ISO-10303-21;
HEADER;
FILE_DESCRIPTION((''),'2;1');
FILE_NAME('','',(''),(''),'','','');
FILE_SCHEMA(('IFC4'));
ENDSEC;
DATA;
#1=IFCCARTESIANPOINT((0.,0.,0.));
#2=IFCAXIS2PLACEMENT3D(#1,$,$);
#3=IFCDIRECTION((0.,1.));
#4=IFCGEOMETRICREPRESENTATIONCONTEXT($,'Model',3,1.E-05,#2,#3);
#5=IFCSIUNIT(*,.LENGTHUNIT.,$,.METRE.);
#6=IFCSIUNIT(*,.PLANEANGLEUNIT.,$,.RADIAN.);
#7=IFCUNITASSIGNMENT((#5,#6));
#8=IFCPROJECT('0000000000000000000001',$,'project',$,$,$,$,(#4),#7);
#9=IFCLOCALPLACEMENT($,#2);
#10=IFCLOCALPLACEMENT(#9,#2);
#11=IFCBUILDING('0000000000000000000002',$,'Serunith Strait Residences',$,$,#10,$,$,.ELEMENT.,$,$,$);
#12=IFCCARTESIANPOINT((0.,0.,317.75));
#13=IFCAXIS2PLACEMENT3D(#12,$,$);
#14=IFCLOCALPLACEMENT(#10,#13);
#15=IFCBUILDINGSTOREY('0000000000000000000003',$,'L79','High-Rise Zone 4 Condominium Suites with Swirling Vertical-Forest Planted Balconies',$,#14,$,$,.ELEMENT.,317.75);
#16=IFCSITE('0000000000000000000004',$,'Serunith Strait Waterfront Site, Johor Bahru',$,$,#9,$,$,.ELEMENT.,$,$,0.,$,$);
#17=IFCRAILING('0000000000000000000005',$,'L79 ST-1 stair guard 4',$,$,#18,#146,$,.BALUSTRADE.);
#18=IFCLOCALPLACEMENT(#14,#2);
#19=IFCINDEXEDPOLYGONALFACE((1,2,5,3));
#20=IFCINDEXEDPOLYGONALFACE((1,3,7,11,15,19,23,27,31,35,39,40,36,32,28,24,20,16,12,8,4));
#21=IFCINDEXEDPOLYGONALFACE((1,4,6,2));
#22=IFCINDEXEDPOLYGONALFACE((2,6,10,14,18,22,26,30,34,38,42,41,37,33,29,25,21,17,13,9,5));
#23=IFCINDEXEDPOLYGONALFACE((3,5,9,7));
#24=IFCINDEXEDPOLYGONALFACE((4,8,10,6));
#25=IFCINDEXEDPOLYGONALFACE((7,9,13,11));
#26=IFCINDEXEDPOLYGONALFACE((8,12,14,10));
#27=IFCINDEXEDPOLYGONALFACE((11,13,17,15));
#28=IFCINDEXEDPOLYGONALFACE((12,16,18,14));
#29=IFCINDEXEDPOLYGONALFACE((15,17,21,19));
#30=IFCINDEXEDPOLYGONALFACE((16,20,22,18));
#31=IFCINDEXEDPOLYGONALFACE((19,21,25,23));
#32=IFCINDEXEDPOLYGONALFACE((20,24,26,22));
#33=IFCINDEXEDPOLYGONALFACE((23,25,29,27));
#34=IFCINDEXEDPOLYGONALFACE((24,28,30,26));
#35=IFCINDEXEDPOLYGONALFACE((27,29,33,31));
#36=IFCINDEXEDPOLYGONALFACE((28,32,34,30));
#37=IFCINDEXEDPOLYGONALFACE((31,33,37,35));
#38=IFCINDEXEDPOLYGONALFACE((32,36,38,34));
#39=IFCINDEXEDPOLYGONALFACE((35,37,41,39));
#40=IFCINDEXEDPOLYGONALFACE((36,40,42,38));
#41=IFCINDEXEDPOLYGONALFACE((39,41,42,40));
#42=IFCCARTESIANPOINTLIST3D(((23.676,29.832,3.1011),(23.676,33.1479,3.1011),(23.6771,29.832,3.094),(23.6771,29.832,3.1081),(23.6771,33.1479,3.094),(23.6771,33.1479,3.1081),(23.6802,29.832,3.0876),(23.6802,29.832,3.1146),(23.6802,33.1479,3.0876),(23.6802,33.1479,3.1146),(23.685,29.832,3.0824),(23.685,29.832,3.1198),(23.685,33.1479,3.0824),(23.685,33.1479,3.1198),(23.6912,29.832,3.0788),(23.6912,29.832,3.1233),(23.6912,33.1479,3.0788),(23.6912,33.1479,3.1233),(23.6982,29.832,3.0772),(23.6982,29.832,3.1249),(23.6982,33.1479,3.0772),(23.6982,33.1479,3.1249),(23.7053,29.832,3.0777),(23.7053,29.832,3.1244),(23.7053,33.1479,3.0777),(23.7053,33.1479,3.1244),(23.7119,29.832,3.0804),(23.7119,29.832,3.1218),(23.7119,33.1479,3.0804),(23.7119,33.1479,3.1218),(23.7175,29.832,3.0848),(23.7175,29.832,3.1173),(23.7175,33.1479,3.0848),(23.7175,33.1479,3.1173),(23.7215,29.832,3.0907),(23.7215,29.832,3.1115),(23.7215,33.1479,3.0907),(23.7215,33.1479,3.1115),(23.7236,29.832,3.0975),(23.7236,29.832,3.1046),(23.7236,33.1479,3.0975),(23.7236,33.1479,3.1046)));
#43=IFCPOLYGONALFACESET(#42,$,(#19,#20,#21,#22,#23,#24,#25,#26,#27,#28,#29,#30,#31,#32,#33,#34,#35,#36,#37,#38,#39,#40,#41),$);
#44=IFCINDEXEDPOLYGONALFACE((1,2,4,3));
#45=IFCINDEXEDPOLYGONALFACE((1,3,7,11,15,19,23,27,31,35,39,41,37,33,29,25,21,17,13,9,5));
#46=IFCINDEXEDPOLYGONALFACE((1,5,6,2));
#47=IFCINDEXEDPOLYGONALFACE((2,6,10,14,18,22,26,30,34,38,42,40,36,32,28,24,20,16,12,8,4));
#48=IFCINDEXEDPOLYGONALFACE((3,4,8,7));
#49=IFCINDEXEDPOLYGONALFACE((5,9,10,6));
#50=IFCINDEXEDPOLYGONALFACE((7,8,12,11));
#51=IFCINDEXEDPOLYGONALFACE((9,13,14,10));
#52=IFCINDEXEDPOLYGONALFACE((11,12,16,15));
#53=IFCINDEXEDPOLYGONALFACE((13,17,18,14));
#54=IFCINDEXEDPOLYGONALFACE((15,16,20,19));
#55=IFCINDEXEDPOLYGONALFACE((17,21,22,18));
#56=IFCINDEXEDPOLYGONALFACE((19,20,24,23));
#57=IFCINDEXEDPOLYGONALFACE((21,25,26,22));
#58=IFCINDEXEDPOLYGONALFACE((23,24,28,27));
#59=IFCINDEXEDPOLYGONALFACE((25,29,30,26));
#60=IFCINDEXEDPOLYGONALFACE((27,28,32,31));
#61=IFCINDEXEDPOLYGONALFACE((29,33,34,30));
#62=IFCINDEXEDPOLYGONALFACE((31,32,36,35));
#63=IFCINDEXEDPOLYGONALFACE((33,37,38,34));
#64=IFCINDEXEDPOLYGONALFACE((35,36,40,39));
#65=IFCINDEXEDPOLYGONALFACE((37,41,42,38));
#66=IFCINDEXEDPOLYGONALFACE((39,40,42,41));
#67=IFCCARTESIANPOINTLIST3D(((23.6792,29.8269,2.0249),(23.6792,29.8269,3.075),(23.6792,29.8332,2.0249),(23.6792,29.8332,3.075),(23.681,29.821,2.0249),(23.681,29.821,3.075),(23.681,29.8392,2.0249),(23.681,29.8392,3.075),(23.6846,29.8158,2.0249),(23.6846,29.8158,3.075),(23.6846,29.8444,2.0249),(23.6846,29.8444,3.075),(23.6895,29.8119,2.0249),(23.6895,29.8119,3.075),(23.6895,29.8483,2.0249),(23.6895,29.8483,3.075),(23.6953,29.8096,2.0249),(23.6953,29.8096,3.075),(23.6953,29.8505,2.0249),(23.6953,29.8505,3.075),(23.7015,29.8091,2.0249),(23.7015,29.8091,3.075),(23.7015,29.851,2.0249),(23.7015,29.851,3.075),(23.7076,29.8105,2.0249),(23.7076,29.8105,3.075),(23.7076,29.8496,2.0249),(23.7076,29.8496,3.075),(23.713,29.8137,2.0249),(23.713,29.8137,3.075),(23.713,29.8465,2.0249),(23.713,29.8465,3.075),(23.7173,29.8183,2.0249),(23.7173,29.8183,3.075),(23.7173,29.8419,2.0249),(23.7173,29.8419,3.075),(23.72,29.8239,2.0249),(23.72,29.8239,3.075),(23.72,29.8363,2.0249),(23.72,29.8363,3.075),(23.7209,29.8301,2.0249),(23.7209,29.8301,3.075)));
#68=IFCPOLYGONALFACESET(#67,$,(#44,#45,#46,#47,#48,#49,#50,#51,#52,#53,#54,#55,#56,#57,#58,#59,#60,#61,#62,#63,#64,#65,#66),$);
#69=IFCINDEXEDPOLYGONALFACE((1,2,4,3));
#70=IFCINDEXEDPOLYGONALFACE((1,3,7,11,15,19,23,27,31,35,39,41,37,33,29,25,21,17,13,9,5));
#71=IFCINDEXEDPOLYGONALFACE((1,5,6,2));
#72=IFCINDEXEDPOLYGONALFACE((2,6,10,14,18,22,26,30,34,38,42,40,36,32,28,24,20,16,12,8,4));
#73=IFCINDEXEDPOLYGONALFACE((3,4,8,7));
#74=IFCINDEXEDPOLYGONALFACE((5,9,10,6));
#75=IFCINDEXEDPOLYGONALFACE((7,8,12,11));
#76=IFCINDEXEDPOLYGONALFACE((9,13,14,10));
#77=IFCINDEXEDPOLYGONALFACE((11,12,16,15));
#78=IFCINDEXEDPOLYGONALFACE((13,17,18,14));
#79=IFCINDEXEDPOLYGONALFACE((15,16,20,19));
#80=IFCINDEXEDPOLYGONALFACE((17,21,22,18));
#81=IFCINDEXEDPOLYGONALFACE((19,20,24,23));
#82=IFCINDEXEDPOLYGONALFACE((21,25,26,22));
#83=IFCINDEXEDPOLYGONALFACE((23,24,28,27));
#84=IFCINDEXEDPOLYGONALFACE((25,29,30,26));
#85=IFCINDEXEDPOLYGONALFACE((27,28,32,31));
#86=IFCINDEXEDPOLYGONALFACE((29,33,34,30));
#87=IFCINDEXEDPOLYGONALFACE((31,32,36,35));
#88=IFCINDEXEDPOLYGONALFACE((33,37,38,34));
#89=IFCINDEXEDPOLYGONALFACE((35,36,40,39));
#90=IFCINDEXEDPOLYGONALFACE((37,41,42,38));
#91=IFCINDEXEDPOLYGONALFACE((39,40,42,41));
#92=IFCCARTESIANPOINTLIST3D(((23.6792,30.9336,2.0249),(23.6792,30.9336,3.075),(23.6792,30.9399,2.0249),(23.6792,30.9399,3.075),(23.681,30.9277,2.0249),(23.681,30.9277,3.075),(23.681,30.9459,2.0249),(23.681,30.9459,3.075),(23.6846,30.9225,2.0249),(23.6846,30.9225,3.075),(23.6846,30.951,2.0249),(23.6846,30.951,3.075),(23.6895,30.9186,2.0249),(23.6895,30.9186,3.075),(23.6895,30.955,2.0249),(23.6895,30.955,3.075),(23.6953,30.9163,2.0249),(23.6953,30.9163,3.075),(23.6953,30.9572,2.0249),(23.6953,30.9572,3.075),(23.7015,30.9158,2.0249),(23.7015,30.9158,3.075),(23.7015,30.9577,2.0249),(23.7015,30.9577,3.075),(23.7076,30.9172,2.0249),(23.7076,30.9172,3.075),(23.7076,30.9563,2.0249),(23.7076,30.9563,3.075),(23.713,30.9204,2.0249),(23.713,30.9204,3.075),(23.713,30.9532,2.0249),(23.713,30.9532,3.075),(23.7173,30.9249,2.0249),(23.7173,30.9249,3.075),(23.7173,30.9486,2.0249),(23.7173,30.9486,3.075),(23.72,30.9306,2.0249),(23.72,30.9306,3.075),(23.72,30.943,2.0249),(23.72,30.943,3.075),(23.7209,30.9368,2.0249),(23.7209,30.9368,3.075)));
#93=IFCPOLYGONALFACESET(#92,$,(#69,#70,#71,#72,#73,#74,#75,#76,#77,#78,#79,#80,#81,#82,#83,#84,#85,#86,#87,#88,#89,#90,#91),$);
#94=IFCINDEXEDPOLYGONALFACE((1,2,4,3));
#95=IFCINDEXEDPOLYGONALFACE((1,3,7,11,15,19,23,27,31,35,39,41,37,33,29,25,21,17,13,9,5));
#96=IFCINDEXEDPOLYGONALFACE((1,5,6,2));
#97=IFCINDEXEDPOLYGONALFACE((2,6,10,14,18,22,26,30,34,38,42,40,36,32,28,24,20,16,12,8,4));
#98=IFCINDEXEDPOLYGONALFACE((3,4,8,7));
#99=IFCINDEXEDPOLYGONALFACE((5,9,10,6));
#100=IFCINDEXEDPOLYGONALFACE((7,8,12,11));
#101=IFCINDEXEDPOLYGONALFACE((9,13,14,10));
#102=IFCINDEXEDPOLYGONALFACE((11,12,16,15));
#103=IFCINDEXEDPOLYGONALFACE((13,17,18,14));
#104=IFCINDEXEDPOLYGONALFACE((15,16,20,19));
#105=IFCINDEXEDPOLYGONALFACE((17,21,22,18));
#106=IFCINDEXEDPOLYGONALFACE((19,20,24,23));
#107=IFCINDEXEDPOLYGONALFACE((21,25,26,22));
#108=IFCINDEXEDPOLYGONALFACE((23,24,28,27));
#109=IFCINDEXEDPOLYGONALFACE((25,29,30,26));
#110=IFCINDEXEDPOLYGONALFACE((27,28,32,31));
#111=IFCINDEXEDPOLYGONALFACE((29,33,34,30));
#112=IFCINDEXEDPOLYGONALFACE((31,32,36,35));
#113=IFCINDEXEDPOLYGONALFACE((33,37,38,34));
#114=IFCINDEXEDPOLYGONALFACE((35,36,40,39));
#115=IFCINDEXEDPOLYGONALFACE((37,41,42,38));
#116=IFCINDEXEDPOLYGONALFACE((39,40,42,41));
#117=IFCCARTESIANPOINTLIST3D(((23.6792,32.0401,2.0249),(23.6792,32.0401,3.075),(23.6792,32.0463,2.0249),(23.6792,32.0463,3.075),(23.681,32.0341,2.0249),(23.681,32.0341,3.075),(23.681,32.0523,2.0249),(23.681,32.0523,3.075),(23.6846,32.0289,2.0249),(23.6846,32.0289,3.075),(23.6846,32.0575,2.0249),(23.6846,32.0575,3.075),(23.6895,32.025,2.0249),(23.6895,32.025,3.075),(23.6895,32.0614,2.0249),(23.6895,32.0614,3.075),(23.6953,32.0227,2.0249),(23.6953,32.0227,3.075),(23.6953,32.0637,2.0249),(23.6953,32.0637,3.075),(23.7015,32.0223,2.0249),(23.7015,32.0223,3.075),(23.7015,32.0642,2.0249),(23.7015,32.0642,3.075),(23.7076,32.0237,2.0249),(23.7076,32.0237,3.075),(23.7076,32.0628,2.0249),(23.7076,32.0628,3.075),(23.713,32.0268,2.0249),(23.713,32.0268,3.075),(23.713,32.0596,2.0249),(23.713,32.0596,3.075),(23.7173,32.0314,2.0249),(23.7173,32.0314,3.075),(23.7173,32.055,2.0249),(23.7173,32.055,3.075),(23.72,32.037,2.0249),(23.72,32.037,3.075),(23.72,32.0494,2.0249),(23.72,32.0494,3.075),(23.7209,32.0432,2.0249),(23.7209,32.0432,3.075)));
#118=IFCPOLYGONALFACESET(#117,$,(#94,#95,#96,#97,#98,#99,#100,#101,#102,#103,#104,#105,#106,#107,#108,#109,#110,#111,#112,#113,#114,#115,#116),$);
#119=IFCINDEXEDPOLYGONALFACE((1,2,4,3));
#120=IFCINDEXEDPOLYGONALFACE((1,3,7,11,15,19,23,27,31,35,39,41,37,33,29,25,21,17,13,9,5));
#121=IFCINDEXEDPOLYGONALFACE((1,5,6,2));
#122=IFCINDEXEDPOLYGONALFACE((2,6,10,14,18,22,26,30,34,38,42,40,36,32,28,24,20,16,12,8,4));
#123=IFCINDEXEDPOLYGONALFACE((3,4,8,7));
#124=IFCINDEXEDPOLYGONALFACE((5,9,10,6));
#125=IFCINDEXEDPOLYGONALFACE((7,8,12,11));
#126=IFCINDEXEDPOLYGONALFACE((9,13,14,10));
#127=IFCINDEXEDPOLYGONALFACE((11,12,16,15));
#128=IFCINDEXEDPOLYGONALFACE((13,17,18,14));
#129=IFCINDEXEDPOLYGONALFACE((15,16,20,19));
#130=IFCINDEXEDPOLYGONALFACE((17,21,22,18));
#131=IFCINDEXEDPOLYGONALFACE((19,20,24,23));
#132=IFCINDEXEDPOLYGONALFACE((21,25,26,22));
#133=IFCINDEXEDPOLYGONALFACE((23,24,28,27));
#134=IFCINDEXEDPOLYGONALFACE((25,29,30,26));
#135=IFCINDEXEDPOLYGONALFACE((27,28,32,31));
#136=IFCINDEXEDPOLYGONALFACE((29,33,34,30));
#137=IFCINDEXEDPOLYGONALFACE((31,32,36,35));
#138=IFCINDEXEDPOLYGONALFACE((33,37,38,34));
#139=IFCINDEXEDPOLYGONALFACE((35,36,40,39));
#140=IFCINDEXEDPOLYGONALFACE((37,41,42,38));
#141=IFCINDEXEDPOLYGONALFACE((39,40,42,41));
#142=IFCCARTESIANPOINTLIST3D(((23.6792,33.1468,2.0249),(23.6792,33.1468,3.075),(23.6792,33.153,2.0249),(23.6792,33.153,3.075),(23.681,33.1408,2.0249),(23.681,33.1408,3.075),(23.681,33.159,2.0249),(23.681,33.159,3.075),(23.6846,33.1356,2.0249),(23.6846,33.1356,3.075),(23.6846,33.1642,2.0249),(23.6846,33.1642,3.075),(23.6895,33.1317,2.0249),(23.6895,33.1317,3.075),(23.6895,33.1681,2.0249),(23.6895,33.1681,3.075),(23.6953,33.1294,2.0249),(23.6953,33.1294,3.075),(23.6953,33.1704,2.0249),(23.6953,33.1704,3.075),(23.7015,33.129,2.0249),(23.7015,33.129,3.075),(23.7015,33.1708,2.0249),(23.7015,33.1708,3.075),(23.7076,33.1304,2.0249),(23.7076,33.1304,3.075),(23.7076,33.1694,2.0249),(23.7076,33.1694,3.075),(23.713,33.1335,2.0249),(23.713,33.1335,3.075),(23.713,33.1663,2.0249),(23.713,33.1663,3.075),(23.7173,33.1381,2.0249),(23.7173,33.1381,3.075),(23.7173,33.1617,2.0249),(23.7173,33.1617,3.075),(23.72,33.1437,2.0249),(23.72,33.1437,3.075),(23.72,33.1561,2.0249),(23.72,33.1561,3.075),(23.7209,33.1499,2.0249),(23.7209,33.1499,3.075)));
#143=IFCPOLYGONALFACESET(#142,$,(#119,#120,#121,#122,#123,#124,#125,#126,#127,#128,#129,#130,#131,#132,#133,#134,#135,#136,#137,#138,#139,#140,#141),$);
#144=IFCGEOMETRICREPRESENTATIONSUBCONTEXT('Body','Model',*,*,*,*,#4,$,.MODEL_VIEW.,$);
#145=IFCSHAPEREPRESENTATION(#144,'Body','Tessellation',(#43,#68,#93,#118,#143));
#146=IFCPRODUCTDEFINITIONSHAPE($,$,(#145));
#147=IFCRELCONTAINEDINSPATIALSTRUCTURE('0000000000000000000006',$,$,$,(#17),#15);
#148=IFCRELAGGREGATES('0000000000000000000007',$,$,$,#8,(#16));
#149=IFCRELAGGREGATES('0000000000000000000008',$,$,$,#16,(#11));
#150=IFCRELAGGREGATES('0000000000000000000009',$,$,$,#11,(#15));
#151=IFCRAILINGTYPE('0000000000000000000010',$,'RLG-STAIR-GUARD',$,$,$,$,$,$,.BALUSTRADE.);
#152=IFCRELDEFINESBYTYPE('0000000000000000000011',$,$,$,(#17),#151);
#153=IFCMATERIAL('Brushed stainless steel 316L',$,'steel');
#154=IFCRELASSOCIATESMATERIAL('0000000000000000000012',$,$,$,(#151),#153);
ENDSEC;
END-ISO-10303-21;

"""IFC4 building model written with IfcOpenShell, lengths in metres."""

from ifc_helpers import new_model, si_unit, direction, frame, origin, origin_2d, place, context, subcontext, project, spatial, circle, extrude, material, type_object, element, save


model = new_model("IFC4")

# Units and contexts
model_context = context("Model", 3, precision=1e-05, world=origin(), true_north=direction((0.0, 1.0)))
body_context = subcontext(model_context, "Body", "Model", "MODEL_VIEW")
ifc_project = project(units=[si_unit("LENGTHUNIT", "METRE"), si_unit("PLANEANGLEUNIT", "RADIAN")], contexts=[model_context])

# Site, building, storey
site_placement = place(None, origin())
site = spatial("IfcSite", under=ifc_project, at=site_placement, Name="Serunith Strait Waterfront Site, Johor Bahru", CompositionType="ELEMENT", RefElevation=0.0)
building_placement = place(site_placement, origin())
building = spatial("IfcBuilding", under=site, at=building_placement, Name="Serunith Strait Residences", CompositionType="ELEMENT")
storey_placement = place(building_placement, frame((0.0, 0.0, 317.75)))
storey = spatial("IfcBuildingStorey", under=building, at=storey_placement, Name="L79", Description="High-Rise Zone 4 Condominium Suites with Swirling Vertical-Forest Planted Balconies", CompositionType="ELEMENT", Elevation=317.75)

# Railing
ifc_material_1 = material(Name="Brushed stainless steel 316L", Category="steel")
railing_type_1 = type_object("IfcRailingType", Name="RLG-STAIR-GUARD", PredefinedType="BALUSTRADE", material=ifc_material_1)
for number, where, name in (
    (1, (23.7, 29.8301, 2.0249), "L79 ST-1 stair guard 4"),
):
    element("IfcRailing", number, at=place(storey_placement, frame(where)), inside=storey, type_object=railing_type_1, Name=name, PredefinedType="BALUSTRADE", context=body_context, shape_type="SweptSolid", body=[
        extrude(circle(Radius=0.0239, at=origin_2d()), frame((0.0, 0.002, 1.0762), z_axis=(0.0, 1.0, 0.0), x_axis=(-1.0, 0.0, 0.0)), (0.0, 0.0, 1.0), 3.3159),
        extrude(circle(Radius=0.021, at=origin_2d()), origin(), (0.0, 0.0, 1.0), 1.05),
        extrude(circle(Radius=0.021, at=origin_2d()), frame((0.0, 1.1067, 0.0)), (0.0, 0.0, 1.0), 1.05),
        extrude(circle(Radius=0.021, at=origin_2d()), frame((0.0, 2.2131, 0.0)), (0.0, 0.0, 1.0), 1.05),
        extrude(circle(Radius=0.021, at=origin_2d()), frame((0.0, 3.3198, 0.0)), (0.0, 0.0, 1.0), 1.05),
    ])

save(model, "model.ifc")
